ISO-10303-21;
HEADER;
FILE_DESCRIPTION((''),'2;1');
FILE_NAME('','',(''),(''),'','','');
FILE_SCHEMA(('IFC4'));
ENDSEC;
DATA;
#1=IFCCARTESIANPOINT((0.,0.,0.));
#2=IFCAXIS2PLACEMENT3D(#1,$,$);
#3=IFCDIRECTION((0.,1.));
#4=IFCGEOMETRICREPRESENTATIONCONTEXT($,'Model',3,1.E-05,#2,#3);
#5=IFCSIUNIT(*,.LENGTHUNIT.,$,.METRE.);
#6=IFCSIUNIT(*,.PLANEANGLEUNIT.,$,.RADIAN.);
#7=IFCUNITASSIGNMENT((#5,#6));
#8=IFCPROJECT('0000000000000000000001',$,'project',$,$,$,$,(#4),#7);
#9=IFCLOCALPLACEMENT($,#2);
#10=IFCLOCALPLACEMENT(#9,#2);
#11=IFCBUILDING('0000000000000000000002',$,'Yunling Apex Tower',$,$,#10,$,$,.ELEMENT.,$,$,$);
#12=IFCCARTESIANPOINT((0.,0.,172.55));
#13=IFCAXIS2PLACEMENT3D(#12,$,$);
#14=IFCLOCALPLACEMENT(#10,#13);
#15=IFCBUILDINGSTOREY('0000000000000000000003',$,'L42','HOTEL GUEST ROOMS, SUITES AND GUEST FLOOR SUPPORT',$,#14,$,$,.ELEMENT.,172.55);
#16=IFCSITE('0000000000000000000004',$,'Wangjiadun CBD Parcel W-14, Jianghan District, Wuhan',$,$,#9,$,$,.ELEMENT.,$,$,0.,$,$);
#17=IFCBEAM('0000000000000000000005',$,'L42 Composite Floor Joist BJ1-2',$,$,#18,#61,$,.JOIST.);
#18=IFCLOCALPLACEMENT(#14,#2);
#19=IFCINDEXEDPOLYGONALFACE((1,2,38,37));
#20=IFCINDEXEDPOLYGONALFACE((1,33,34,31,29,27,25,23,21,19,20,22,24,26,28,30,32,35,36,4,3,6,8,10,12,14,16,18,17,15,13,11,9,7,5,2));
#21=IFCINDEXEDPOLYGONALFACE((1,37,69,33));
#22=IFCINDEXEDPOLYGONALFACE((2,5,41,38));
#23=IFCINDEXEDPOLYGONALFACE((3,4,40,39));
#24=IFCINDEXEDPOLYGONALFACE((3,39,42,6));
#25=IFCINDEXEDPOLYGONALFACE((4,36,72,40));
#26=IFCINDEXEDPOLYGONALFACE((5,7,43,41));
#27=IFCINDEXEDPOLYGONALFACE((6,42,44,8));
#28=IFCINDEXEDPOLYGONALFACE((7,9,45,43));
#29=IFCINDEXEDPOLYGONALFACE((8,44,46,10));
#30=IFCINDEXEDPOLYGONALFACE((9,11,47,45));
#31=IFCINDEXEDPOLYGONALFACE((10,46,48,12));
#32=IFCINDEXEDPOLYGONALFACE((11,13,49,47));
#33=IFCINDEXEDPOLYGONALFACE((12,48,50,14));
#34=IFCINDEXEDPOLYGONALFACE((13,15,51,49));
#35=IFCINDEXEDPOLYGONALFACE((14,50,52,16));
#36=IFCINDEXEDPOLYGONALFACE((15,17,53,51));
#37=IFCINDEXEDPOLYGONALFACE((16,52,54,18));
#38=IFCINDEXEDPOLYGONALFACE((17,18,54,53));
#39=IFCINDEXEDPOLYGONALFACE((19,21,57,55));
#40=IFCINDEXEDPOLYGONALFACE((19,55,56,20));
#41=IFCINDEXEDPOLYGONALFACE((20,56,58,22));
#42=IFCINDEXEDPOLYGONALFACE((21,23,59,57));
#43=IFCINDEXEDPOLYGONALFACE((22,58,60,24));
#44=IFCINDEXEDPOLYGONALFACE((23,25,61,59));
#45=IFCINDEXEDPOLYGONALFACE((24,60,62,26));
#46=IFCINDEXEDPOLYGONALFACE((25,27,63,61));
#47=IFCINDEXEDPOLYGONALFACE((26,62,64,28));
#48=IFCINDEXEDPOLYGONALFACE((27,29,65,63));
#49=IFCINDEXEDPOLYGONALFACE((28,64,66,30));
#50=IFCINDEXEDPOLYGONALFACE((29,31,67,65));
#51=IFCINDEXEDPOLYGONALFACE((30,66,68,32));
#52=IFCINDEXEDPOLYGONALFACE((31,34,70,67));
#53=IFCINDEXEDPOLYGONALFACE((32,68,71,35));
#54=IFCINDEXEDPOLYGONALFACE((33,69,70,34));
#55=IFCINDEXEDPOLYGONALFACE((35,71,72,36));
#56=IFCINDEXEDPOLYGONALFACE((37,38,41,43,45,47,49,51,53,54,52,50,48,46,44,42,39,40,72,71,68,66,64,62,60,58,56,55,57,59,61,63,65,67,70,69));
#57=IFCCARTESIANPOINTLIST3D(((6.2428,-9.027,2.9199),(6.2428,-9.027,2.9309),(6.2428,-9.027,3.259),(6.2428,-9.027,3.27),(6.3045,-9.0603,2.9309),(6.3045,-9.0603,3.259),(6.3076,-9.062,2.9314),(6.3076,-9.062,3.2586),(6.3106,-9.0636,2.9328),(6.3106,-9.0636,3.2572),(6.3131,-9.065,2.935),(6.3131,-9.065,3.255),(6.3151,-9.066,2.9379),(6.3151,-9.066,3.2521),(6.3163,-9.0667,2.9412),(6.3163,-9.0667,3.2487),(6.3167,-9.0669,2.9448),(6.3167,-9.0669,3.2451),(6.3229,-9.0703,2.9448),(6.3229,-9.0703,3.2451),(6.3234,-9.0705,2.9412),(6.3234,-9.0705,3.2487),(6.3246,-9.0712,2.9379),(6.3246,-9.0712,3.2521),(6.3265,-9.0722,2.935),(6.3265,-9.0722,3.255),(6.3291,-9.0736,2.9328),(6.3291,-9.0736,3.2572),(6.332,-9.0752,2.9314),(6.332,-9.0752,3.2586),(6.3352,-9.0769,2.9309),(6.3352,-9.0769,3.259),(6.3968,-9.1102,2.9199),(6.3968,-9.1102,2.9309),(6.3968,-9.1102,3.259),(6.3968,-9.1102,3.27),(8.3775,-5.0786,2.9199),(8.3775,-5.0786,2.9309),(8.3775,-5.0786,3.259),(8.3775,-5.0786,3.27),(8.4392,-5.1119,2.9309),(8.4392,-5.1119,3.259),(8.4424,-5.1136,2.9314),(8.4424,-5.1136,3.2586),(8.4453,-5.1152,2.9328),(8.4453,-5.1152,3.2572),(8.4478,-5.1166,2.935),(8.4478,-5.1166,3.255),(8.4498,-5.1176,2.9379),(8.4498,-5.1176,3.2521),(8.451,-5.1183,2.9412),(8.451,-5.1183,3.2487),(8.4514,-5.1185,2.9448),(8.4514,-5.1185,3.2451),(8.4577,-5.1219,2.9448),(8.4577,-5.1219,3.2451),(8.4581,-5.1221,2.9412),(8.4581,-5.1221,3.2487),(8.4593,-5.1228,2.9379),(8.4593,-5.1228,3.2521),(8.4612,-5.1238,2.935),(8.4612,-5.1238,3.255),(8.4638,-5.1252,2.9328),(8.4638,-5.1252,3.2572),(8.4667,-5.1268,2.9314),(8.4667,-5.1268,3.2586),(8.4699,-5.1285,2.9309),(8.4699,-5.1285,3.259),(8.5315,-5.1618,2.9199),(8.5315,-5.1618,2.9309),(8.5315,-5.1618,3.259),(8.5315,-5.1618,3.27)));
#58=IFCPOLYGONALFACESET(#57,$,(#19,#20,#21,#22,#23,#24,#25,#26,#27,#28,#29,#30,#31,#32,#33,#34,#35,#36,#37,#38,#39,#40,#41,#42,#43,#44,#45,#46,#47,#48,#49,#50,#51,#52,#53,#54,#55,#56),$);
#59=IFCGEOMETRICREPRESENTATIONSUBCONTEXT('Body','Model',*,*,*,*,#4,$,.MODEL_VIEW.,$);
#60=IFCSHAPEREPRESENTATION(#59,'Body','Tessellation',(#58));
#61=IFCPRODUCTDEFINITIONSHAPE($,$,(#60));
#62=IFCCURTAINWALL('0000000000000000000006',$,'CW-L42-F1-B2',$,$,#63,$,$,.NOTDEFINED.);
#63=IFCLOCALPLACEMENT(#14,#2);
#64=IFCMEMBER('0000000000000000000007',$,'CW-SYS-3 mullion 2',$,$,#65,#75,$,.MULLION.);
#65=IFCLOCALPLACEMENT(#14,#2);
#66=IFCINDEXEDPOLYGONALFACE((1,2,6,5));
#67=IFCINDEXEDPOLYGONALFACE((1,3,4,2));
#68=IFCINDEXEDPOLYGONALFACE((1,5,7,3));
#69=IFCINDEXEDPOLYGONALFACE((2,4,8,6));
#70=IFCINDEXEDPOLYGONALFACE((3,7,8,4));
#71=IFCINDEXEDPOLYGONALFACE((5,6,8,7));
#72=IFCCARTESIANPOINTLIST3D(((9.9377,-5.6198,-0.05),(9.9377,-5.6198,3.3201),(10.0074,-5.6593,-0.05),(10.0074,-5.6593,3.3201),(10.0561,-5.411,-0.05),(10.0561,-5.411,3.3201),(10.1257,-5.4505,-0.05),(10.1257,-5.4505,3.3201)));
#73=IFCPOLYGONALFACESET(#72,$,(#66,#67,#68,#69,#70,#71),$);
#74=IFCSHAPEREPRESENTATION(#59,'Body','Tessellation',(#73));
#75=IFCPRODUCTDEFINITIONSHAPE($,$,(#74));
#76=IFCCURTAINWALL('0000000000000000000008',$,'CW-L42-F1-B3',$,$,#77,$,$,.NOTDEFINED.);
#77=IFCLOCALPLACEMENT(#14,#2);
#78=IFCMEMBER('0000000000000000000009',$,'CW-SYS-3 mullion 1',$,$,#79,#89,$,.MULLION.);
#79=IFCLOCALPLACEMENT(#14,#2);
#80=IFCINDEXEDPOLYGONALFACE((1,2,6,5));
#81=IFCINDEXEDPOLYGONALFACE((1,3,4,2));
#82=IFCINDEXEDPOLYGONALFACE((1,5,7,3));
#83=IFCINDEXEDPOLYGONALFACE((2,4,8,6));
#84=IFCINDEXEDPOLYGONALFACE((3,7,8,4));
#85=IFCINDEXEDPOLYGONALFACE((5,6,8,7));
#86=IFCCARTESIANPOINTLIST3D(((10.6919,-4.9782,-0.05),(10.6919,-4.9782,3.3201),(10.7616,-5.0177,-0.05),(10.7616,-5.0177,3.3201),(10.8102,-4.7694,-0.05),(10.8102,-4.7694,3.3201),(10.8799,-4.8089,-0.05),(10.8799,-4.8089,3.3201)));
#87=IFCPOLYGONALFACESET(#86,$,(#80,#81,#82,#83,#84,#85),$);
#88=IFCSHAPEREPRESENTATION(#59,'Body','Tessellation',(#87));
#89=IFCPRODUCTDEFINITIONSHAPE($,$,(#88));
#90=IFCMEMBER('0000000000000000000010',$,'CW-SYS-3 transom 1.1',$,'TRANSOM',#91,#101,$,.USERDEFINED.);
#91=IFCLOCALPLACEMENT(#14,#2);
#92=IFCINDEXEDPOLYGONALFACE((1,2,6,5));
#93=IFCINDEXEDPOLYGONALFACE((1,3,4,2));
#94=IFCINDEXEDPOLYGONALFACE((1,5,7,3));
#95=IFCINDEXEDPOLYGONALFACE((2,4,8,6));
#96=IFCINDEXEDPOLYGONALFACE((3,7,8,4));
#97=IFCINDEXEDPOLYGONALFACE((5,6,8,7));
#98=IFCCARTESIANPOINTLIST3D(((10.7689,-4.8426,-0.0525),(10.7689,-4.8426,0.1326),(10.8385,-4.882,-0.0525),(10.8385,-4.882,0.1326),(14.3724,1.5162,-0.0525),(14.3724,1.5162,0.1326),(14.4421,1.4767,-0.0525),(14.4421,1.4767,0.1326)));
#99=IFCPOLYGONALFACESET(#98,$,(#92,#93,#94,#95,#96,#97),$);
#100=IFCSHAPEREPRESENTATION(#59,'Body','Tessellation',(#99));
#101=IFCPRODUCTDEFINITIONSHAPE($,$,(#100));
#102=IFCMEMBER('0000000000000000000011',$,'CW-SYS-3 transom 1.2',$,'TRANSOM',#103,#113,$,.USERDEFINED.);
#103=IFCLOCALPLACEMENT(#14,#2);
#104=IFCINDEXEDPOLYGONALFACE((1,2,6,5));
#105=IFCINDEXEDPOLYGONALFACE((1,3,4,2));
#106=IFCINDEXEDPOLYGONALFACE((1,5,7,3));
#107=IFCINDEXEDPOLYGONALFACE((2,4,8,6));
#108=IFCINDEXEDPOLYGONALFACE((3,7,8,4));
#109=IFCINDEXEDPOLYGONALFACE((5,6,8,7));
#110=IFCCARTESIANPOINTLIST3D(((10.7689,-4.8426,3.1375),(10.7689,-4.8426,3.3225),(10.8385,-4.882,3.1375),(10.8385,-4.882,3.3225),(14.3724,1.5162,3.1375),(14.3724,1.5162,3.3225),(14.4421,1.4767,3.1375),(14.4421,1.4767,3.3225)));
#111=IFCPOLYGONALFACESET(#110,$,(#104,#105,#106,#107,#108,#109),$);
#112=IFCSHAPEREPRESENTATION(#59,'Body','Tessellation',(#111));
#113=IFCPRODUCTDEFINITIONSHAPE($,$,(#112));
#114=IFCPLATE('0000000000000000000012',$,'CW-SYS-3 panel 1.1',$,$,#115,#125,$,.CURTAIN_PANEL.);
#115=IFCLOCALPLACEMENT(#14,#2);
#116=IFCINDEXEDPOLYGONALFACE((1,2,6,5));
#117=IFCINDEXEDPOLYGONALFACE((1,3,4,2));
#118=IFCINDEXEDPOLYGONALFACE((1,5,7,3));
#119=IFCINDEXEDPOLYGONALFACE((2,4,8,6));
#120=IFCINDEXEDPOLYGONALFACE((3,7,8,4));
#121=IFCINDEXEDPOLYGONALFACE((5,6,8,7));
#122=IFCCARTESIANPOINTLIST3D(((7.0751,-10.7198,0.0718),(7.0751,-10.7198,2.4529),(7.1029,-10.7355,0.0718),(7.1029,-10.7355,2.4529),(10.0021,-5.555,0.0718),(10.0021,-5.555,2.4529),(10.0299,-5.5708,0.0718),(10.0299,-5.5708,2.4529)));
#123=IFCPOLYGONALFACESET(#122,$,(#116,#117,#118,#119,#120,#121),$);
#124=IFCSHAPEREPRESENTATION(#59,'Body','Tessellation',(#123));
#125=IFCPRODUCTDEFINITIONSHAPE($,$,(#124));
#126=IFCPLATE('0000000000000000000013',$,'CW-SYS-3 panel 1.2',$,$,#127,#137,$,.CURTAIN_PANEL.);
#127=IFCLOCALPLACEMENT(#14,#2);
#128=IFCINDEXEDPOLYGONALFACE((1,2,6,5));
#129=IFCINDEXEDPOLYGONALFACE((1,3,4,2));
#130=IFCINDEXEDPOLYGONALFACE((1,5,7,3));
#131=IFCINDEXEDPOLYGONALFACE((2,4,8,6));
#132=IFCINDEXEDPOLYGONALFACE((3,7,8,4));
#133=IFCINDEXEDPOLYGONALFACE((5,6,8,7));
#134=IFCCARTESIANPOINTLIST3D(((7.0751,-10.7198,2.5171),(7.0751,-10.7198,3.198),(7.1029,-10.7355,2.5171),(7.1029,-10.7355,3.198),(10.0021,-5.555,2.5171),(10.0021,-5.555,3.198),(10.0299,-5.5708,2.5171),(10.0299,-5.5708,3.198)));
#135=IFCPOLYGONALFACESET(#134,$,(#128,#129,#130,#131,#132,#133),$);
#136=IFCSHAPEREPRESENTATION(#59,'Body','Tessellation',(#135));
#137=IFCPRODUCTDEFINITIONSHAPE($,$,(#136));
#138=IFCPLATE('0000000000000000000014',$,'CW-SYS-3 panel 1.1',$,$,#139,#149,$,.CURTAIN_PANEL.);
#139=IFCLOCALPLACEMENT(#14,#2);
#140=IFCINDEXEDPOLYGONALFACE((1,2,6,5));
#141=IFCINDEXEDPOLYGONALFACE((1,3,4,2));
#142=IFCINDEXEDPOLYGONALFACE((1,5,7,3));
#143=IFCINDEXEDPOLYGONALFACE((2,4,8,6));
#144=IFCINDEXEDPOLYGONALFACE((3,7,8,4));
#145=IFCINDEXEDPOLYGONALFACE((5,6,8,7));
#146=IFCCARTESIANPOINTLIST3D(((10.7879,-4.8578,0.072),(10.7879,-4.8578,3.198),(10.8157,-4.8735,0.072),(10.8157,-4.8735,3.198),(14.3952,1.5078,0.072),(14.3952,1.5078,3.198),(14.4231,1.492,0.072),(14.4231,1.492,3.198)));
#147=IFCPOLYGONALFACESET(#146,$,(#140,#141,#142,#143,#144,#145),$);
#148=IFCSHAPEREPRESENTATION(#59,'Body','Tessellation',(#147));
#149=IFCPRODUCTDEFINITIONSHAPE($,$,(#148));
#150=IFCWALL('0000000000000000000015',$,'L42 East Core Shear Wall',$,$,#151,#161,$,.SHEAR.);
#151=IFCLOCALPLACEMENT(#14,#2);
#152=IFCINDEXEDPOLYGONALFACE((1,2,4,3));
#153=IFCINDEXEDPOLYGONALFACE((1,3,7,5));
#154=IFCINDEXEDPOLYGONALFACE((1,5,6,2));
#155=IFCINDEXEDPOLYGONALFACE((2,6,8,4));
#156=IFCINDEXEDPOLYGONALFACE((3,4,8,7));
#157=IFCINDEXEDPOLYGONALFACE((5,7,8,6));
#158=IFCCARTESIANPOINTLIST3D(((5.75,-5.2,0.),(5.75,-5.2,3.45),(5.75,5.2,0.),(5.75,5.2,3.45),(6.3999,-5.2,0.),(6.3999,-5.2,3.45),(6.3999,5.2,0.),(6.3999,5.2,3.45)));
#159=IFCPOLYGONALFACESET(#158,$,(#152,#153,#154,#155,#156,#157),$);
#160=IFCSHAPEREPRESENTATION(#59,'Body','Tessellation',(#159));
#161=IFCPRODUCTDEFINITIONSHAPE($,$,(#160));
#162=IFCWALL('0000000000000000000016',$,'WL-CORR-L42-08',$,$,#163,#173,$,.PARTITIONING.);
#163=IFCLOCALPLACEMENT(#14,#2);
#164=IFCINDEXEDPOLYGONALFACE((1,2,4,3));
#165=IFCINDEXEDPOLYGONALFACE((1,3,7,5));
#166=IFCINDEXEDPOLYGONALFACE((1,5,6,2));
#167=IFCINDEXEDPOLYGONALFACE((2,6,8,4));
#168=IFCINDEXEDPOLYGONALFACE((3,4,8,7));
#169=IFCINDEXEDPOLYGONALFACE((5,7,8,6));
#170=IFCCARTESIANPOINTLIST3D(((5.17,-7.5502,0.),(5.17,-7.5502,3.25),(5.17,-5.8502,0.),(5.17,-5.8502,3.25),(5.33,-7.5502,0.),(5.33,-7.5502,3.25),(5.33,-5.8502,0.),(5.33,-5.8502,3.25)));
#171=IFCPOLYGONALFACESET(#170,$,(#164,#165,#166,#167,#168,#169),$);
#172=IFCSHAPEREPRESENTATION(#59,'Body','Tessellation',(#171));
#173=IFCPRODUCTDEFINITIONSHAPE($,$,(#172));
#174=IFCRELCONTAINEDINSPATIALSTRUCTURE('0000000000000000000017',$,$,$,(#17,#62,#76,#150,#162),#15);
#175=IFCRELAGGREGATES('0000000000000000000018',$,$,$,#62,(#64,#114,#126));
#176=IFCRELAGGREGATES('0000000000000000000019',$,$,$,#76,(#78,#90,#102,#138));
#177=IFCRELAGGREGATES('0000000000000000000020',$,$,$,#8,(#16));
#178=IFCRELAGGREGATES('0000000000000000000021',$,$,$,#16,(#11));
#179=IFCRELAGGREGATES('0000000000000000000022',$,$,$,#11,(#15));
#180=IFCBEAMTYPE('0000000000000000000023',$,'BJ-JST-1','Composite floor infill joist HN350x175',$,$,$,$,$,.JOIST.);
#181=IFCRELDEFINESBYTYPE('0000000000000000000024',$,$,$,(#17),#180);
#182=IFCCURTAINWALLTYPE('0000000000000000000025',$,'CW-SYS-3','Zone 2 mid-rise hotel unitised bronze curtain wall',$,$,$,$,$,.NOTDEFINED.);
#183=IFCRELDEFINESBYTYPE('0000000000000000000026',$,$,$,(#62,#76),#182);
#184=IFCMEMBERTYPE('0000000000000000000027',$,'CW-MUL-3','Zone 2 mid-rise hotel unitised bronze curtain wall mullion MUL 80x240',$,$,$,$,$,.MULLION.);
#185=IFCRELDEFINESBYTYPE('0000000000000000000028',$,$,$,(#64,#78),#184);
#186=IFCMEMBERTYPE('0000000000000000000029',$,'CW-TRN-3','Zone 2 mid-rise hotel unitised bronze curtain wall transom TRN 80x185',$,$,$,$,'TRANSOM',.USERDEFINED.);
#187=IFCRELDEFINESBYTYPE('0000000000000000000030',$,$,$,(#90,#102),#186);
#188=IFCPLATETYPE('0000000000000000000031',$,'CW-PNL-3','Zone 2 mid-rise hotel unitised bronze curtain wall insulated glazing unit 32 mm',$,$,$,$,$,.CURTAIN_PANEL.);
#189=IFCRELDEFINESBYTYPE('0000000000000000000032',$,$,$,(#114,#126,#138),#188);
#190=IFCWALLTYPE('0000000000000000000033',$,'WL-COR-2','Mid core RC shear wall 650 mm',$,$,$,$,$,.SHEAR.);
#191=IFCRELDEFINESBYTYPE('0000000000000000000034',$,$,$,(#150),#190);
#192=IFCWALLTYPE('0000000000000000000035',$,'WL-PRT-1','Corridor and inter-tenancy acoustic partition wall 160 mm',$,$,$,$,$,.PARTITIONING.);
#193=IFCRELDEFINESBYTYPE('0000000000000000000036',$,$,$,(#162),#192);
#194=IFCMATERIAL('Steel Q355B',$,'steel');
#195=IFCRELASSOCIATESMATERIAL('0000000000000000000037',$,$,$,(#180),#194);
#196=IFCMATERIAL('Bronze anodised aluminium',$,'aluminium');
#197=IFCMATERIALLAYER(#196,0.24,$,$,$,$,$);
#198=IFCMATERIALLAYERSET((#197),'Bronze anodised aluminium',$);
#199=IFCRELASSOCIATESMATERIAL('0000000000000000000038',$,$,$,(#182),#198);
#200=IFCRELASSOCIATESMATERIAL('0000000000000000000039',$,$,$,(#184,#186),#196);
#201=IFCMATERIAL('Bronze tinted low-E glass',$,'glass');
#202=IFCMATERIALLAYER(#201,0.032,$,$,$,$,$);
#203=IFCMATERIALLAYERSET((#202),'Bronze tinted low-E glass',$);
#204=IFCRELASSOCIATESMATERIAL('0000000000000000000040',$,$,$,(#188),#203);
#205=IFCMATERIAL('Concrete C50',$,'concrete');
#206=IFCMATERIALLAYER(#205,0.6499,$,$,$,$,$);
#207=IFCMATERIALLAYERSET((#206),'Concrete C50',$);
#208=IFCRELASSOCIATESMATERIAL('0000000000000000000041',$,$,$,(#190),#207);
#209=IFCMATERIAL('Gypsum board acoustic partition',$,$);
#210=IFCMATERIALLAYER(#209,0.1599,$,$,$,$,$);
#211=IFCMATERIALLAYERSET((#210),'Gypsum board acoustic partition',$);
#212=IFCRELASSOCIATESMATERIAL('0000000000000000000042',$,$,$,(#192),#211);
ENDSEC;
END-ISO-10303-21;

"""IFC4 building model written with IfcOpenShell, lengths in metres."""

from ifc_helpers import new_model, si_unit, direction, frame, frame_2d, origin, origin_2d, place, context, subcontext, project, spatial, rectangle, i_section, extrude, source, transform, mapped, material, layer, layer_set, material_profile, profile_set, type_object, element, aggregate, save


model = new_model("IFC4")

# Units and contexts
model_context = context("Model", 3, precision=1e-05, world=origin(), true_north=direction((0.0, 1.0)))
body_context = subcontext(model_context, "Body", "Model", "MODEL_VIEW")
ifc_project = project(units=[si_unit("LENGTHUNIT", "METRE"), si_unit("PLANEANGLEUNIT", "RADIAN")], contexts=[model_context])

# Site, building, storey
site_placement = place(None, origin())
site = spatial("IfcSite", under=ifc_project, at=site_placement, Name="Wangjiadun CBD Parcel W-14, Jianghan District, Wuhan", CompositionType="ELEMENT", RefElevation=0.0)
building_placement = place(site_placement, origin())
building = spatial("IfcBuilding", under=site, at=building_placement, Name="Yunling Apex Tower", CompositionType="ELEMENT")
storey_placement = place(building_placement, frame((0.0, 0.0, 172.55)))
storey = spatial("IfcBuildingStorey", under=building, at=storey_placement, Name="L42", Description="HOTEL GUEST ROOMS, SUITES AND GUEST FLOOR SUPPORT", CompositionType="ELEMENT", Elevation=172.55)

# Shared definitions
ifc_material_1 = material(Name="Concrete C50", Category="concrete")

# Beam
ifc_material_2 = material(Name="Steel Q355B", Category="steel")
ifc_material_profile_1 = material_profile(ifc_material_2, i_section(OverallWidth=0.175, OverallDepth=0.3501, WebThickness=0.0071, FlangeThickness=0.011, FilletRadius=0.0139, at=origin_2d()))
ifc_profile_set_1 = profile_set([ifc_material_profile_1], Name="Steel Q355B")
beam_type_1 = type_object("IfcBeamType", Name="BJ-JST-1", Description="Composite floor infill joist HN350x175", PredefinedType="JOIST", material=ifc_profile_set_1)
shared_shape_1 = source(origin(), body_context, "Body", "SweptSolid", [
    extrude(i_section(OverallWidth=0.175, OverallDepth=0.3501, WebThickness=0.0071, FlangeThickness=0.011, FilletRadius=0.0139, at=origin_2d()), origin(), (0.0, 0.0, 1.0), 4.4885),
])
beam_1_placement = place(storey_placement, frame((6.3198, -9.0686, 3.095), z_axis=(0.475594, 0.879665, 0.0), x_axis=(-0.879665, 0.475594, 0.0)))
element("IfcBeam", 1, at=beam_1_placement, inside=storey, type_object=beam_type_1, Name="L42 Composite Floor Joist BJ1-2", PredefinedType="JOIST", context=body_context, shape_type="MappedRepresentation", body=[
    mapped(shared_shape_1, transform((0.0, 0.0, 0.0), scale=1.0)),
])

# Curtain wall, member
ifc_material_3 = material(Name="Bronze anodised aluminium", Category="aluminium")
ifc_layer_1 = layer(ifc_material_3, 0.24)
ifc_layer_set_1 = layer_set([ifc_layer_1], Name="Bronze anodised aluminium")
curtain_wall_type = type_object("IfcCurtainWallType", Name="CW-SYS-3", Description="Zone 2 mid-rise hotel unitised bronze curtain wall", PredefinedType="NOTDEFINED", material=ifc_layer_set_1)
curtain_wall_1_placement = place(storey_placement, origin())
curtain_wall_1 = element("IfcCurtainWall", 2, at=curtain_wall_1_placement, inside=storey, type_object=curtain_wall_type, Name="CW-L42-F1-B2", PredefinedType="NOTDEFINED")
ifc_material_profile_2 = material_profile(ifc_material_3, rectangle(XDim=0.0801, YDim=0.24, at=origin_2d()))
ifc_profile_set_2 = profile_set([ifc_material_profile_2], Name="Bronze anodised aluminium")
member_type_1 = type_object("IfcMemberType", Name="CW-MUL-3", Description="Zone 2 mid-rise hotel unitised bronze curtain wall mullion MUL 80x240", PredefinedType="MULLION", material=ifc_profile_set_2)
shared_shape_2 = source(origin(), body_context, "Body", "SweptSolid", [
    extrude(rectangle(XDim=0.0801, YDim=0.24, at=origin_2d()), origin(), (0.0, 0.0, 1.0), 3.3701),
])
member_1_placement = place(storey_placement, frame((10.0317, -5.5352, -0.05), z_axis=(0.0, 0.0, 1.0), x_axis=(-0.870003, 0.493047, 0.0)))
member_1 = element("IfcMember", 3, at=member_1_placement, type_object=member_type_1, Name="CW-SYS-3 mullion 2", PredefinedType="MULLION", context=body_context, shape_type="MappedRepresentation", body=[
    mapped(shared_shape_2, transform((0.0, 0.0, 0.0), scale=1.0)),
])

# Curtain wall, members
curtain_wall_2_placement = place(storey_placement, origin())
curtain_wall_2 = element("IfcCurtainWall", 4, at=curtain_wall_2_placement, inside=storey, type_object=curtain_wall_type, Name="CW-L42-F1-B3", PredefinedType="NOTDEFINED")
member_2_placement = place(storey_placement, frame((10.7859, -4.8936, -0.05), z_axis=(0.0, 0.0, 1.0), x_axis=(-0.870009, 0.493035, 0.0)))
member_2 = element("IfcMember", 5, at=member_2_placement, type_object=member_type_1, Name="CW-SYS-3 mullion 1", PredefinedType="MULLION", context=body_context, shape_type="MappedRepresentation", body=[
    mapped(shared_shape_2, transform((0.0, 0.0, 0.0), scale=1.0)),
])
ifc_material_profile_3 = material_profile(ifc_material_3, rectangle(XDim=0.0801, YDim=0.1851, at=origin_2d()))
ifc_profile_set_3 = profile_set([ifc_material_profile_3], Name="Bronze anodised aluminium")
member_type_2 = type_object("IfcMemberType", Name="CW-TRN-3", Description="Zone 2 mid-rise hotel unitised bronze curtain wall transom TRN 80x185", ElementType="TRANSOM", PredefinedType="USERDEFINED", material=ifc_profile_set_3)
shared_shape_3 = source(origin(), body_context, "Body", "SweptSolid", [
    extrude(rectangle(XDim=0.0801, YDim=0.1851, at=origin_2d()), origin(), (0.0, 0.0, 1.0), 7.3088),
])
member_3_placement = place(storey_placement, frame((10.8037, -4.8623, 0.04), z_axis=(0.493042, 0.870005, 0.0), x_axis=(-0.870005, 0.493042, 0.0)))
member_3 = element("IfcMember", 6, at=member_3_placement, type_object=member_type_2, Name="CW-SYS-3 transom 1.1", ObjectType="TRANSOM", PredefinedType="USERDEFINED", context=body_context, shape_type="MappedRepresentation", body=[
    mapped(shared_shape_3, transform((0.0, 0.0, 0.0), scale=1.0)),
])
member_4_placement = place(storey_placement, frame((10.8037, -4.8623, 3.23), z_axis=(0.493042, 0.870005, 0.0), x_axis=(-0.870005, 0.493042, 0.0)))
member_4 = element("IfcMember", 7, at=member_4_placement, type_object=member_type_2, Name="CW-SYS-3 transom 1.2", ObjectType="TRANSOM", PredefinedType="USERDEFINED", context=body_context, shape_type="MappedRepresentation", body=[
    mapped(shared_shape_3, transform((0.0, 0.0, 0.0), scale=1.0)),
])

# Plates
ifc_material_4 = material(Name="Bronze tinted low-E glass", Category="glass")
ifc_layer_2 = layer(ifc_material_4, 0.032)
ifc_layer_set_2 = layer_set([ifc_layer_2], Name="Bronze tinted low-E glass")
plate_type = type_object("IfcPlateType", Name="CW-PNL-3", Description="Zone 2 mid-rise hotel unitised bronze curtain wall insulated glazing unit 32 mm", PredefinedType="CURTAIN_PANEL", material=ifc_layer_set_2)
shared_shape_4 = source(origin(), body_context, "Body", "SweptSolid", [
    extrude(rectangle(XDim=5.9365, YDim=0.032, at=origin_2d()), origin(), (0.0, 0.0, 1.0), 2.3811),
])
plate_1_placement = place(storey_placement, frame((8.5525, -8.1453, 0.0718), z_axis=(0.0, 0.0, 1.0), x_axis=(0.493047, 0.870003, 0.0)))
plate_1 = element("IfcPlate", 8, at=plate_1_placement, type_object=plate_type, Name="CW-SYS-3 panel 1.1", PredefinedType="CURTAIN_PANEL", context=body_context, shape_type="MappedRepresentation", body=[
    mapped(shared_shape_4, transform((0.0, 0.0, 0.0), scale=1.0)),
])
shared_shape_5 = source(origin(), body_context, "Body", "SweptSolid", [
    extrude(rectangle(XDim=5.9365, YDim=0.032, at=origin_2d()), origin(), (0.0, 0.0, 1.0), 0.6809),
])
plate_2_placement = place(storey_placement, frame((8.5525, -8.1453, 2.5171), z_axis=(0.0, 0.0, 1.0), x_axis=(0.493047, 0.870003, 0.0)))
plate_2 = element("IfcPlate", 9, at=plate_2_placement, type_object=plate_type, Name="CW-SYS-3 panel 1.2", PredefinedType="CURTAIN_PANEL", context=body_context, shape_type="MappedRepresentation", body=[
    mapped(shared_shape_5, transform((0.0, 0.0, 0.0), scale=1.0)),
])
aggregate(curtain_wall_1, [member_1, plate_1, plate_2])
shared_shape_6 = source(origin(), body_context, "Body", "SweptSolid", [
    extrude(rectangle(XDim=7.3167, YDim=0.032, at=origin_2d()), origin(), (0.0, 0.0, 1.0), 3.126),
])
plate_3_placement = place(storey_placement, frame((12.6055, -1.6829, 0.072), z_axis=(0.0, 0.0, 1.0), x_axis=(0.493035, 0.870009, 0.0)))
plate_3 = element("IfcPlate", 10, at=plate_3_placement, type_object=plate_type, Name="CW-SYS-3 panel 1.1", PredefinedType="CURTAIN_PANEL", context=body_context, shape_type="MappedRepresentation", body=[
    mapped(shared_shape_6, transform((0.0, 0.0, 0.0), scale=1.0)),
])
aggregate(curtain_wall_2, [member_2, member_3, member_4, plate_3])

# Walls
ifc_layer_3 = layer(ifc_material_1, 0.6499)
ifc_layer_set_3 = layer_set([ifc_layer_3], Name="Concrete C50")
wall_type_1 = type_object("IfcWallType", Name="WL-COR-2", Description="Mid core RC shear wall 650 mm", PredefinedType="SHEAR", material=ifc_layer_set_3)
wall_1_placement = place(storey_placement, frame((6.075, -5.2, 0.0), z_axis=(0.0, 0.0, 1.0), x_axis=(0.0, 1.0, 0.0)))
element("IfcWall", 11, at=wall_1_placement, inside=storey, type_object=wall_type_1, Name="L42 East Core Shear Wall", PredefinedType="SHEAR", context=body_context, shape_type="SweptSolid", body=[
    extrude(rectangle(XDim=10.3999, YDim=0.6499, at=frame_2d((5.2, 0.0))), origin(), (0.0, 0.0, 1.0), 3.45),
])
ifc_material_5 = material(Name="Gypsum board acoustic partition")
ifc_layer_4 = layer(ifc_material_5, 0.1599)
ifc_layer_set_4 = layer_set([ifc_layer_4], Name="Gypsum board acoustic partition")
wall_type_2 = type_object("IfcWallType", Name="WL-PRT-1", Description="Corridor and inter-tenancy acoustic partition wall 160 mm", PredefinedType="PARTITIONING", material=ifc_layer_set_4)
wall_2_placement = place(storey_placement, frame((5.25, -5.8501, 0.0), z_axis=(0.0, 0.0, 1.0), x_axis=(0.0, -1.0, 0.0)))
element("IfcWall", 12, at=wall_2_placement, inside=storey, type_object=wall_type_2, Name="WL-CORR-L42-08", PredefinedType="PARTITIONING", context=body_context, shape_type="SweptSolid", body=[
    extrude(rectangle(XDim=1.7, YDim=0.1599, at=frame_2d((0.8501, 0.0))), origin(), (0.0, 0.0, 1.0), 3.25),
])

save(model, "model.ifc")
